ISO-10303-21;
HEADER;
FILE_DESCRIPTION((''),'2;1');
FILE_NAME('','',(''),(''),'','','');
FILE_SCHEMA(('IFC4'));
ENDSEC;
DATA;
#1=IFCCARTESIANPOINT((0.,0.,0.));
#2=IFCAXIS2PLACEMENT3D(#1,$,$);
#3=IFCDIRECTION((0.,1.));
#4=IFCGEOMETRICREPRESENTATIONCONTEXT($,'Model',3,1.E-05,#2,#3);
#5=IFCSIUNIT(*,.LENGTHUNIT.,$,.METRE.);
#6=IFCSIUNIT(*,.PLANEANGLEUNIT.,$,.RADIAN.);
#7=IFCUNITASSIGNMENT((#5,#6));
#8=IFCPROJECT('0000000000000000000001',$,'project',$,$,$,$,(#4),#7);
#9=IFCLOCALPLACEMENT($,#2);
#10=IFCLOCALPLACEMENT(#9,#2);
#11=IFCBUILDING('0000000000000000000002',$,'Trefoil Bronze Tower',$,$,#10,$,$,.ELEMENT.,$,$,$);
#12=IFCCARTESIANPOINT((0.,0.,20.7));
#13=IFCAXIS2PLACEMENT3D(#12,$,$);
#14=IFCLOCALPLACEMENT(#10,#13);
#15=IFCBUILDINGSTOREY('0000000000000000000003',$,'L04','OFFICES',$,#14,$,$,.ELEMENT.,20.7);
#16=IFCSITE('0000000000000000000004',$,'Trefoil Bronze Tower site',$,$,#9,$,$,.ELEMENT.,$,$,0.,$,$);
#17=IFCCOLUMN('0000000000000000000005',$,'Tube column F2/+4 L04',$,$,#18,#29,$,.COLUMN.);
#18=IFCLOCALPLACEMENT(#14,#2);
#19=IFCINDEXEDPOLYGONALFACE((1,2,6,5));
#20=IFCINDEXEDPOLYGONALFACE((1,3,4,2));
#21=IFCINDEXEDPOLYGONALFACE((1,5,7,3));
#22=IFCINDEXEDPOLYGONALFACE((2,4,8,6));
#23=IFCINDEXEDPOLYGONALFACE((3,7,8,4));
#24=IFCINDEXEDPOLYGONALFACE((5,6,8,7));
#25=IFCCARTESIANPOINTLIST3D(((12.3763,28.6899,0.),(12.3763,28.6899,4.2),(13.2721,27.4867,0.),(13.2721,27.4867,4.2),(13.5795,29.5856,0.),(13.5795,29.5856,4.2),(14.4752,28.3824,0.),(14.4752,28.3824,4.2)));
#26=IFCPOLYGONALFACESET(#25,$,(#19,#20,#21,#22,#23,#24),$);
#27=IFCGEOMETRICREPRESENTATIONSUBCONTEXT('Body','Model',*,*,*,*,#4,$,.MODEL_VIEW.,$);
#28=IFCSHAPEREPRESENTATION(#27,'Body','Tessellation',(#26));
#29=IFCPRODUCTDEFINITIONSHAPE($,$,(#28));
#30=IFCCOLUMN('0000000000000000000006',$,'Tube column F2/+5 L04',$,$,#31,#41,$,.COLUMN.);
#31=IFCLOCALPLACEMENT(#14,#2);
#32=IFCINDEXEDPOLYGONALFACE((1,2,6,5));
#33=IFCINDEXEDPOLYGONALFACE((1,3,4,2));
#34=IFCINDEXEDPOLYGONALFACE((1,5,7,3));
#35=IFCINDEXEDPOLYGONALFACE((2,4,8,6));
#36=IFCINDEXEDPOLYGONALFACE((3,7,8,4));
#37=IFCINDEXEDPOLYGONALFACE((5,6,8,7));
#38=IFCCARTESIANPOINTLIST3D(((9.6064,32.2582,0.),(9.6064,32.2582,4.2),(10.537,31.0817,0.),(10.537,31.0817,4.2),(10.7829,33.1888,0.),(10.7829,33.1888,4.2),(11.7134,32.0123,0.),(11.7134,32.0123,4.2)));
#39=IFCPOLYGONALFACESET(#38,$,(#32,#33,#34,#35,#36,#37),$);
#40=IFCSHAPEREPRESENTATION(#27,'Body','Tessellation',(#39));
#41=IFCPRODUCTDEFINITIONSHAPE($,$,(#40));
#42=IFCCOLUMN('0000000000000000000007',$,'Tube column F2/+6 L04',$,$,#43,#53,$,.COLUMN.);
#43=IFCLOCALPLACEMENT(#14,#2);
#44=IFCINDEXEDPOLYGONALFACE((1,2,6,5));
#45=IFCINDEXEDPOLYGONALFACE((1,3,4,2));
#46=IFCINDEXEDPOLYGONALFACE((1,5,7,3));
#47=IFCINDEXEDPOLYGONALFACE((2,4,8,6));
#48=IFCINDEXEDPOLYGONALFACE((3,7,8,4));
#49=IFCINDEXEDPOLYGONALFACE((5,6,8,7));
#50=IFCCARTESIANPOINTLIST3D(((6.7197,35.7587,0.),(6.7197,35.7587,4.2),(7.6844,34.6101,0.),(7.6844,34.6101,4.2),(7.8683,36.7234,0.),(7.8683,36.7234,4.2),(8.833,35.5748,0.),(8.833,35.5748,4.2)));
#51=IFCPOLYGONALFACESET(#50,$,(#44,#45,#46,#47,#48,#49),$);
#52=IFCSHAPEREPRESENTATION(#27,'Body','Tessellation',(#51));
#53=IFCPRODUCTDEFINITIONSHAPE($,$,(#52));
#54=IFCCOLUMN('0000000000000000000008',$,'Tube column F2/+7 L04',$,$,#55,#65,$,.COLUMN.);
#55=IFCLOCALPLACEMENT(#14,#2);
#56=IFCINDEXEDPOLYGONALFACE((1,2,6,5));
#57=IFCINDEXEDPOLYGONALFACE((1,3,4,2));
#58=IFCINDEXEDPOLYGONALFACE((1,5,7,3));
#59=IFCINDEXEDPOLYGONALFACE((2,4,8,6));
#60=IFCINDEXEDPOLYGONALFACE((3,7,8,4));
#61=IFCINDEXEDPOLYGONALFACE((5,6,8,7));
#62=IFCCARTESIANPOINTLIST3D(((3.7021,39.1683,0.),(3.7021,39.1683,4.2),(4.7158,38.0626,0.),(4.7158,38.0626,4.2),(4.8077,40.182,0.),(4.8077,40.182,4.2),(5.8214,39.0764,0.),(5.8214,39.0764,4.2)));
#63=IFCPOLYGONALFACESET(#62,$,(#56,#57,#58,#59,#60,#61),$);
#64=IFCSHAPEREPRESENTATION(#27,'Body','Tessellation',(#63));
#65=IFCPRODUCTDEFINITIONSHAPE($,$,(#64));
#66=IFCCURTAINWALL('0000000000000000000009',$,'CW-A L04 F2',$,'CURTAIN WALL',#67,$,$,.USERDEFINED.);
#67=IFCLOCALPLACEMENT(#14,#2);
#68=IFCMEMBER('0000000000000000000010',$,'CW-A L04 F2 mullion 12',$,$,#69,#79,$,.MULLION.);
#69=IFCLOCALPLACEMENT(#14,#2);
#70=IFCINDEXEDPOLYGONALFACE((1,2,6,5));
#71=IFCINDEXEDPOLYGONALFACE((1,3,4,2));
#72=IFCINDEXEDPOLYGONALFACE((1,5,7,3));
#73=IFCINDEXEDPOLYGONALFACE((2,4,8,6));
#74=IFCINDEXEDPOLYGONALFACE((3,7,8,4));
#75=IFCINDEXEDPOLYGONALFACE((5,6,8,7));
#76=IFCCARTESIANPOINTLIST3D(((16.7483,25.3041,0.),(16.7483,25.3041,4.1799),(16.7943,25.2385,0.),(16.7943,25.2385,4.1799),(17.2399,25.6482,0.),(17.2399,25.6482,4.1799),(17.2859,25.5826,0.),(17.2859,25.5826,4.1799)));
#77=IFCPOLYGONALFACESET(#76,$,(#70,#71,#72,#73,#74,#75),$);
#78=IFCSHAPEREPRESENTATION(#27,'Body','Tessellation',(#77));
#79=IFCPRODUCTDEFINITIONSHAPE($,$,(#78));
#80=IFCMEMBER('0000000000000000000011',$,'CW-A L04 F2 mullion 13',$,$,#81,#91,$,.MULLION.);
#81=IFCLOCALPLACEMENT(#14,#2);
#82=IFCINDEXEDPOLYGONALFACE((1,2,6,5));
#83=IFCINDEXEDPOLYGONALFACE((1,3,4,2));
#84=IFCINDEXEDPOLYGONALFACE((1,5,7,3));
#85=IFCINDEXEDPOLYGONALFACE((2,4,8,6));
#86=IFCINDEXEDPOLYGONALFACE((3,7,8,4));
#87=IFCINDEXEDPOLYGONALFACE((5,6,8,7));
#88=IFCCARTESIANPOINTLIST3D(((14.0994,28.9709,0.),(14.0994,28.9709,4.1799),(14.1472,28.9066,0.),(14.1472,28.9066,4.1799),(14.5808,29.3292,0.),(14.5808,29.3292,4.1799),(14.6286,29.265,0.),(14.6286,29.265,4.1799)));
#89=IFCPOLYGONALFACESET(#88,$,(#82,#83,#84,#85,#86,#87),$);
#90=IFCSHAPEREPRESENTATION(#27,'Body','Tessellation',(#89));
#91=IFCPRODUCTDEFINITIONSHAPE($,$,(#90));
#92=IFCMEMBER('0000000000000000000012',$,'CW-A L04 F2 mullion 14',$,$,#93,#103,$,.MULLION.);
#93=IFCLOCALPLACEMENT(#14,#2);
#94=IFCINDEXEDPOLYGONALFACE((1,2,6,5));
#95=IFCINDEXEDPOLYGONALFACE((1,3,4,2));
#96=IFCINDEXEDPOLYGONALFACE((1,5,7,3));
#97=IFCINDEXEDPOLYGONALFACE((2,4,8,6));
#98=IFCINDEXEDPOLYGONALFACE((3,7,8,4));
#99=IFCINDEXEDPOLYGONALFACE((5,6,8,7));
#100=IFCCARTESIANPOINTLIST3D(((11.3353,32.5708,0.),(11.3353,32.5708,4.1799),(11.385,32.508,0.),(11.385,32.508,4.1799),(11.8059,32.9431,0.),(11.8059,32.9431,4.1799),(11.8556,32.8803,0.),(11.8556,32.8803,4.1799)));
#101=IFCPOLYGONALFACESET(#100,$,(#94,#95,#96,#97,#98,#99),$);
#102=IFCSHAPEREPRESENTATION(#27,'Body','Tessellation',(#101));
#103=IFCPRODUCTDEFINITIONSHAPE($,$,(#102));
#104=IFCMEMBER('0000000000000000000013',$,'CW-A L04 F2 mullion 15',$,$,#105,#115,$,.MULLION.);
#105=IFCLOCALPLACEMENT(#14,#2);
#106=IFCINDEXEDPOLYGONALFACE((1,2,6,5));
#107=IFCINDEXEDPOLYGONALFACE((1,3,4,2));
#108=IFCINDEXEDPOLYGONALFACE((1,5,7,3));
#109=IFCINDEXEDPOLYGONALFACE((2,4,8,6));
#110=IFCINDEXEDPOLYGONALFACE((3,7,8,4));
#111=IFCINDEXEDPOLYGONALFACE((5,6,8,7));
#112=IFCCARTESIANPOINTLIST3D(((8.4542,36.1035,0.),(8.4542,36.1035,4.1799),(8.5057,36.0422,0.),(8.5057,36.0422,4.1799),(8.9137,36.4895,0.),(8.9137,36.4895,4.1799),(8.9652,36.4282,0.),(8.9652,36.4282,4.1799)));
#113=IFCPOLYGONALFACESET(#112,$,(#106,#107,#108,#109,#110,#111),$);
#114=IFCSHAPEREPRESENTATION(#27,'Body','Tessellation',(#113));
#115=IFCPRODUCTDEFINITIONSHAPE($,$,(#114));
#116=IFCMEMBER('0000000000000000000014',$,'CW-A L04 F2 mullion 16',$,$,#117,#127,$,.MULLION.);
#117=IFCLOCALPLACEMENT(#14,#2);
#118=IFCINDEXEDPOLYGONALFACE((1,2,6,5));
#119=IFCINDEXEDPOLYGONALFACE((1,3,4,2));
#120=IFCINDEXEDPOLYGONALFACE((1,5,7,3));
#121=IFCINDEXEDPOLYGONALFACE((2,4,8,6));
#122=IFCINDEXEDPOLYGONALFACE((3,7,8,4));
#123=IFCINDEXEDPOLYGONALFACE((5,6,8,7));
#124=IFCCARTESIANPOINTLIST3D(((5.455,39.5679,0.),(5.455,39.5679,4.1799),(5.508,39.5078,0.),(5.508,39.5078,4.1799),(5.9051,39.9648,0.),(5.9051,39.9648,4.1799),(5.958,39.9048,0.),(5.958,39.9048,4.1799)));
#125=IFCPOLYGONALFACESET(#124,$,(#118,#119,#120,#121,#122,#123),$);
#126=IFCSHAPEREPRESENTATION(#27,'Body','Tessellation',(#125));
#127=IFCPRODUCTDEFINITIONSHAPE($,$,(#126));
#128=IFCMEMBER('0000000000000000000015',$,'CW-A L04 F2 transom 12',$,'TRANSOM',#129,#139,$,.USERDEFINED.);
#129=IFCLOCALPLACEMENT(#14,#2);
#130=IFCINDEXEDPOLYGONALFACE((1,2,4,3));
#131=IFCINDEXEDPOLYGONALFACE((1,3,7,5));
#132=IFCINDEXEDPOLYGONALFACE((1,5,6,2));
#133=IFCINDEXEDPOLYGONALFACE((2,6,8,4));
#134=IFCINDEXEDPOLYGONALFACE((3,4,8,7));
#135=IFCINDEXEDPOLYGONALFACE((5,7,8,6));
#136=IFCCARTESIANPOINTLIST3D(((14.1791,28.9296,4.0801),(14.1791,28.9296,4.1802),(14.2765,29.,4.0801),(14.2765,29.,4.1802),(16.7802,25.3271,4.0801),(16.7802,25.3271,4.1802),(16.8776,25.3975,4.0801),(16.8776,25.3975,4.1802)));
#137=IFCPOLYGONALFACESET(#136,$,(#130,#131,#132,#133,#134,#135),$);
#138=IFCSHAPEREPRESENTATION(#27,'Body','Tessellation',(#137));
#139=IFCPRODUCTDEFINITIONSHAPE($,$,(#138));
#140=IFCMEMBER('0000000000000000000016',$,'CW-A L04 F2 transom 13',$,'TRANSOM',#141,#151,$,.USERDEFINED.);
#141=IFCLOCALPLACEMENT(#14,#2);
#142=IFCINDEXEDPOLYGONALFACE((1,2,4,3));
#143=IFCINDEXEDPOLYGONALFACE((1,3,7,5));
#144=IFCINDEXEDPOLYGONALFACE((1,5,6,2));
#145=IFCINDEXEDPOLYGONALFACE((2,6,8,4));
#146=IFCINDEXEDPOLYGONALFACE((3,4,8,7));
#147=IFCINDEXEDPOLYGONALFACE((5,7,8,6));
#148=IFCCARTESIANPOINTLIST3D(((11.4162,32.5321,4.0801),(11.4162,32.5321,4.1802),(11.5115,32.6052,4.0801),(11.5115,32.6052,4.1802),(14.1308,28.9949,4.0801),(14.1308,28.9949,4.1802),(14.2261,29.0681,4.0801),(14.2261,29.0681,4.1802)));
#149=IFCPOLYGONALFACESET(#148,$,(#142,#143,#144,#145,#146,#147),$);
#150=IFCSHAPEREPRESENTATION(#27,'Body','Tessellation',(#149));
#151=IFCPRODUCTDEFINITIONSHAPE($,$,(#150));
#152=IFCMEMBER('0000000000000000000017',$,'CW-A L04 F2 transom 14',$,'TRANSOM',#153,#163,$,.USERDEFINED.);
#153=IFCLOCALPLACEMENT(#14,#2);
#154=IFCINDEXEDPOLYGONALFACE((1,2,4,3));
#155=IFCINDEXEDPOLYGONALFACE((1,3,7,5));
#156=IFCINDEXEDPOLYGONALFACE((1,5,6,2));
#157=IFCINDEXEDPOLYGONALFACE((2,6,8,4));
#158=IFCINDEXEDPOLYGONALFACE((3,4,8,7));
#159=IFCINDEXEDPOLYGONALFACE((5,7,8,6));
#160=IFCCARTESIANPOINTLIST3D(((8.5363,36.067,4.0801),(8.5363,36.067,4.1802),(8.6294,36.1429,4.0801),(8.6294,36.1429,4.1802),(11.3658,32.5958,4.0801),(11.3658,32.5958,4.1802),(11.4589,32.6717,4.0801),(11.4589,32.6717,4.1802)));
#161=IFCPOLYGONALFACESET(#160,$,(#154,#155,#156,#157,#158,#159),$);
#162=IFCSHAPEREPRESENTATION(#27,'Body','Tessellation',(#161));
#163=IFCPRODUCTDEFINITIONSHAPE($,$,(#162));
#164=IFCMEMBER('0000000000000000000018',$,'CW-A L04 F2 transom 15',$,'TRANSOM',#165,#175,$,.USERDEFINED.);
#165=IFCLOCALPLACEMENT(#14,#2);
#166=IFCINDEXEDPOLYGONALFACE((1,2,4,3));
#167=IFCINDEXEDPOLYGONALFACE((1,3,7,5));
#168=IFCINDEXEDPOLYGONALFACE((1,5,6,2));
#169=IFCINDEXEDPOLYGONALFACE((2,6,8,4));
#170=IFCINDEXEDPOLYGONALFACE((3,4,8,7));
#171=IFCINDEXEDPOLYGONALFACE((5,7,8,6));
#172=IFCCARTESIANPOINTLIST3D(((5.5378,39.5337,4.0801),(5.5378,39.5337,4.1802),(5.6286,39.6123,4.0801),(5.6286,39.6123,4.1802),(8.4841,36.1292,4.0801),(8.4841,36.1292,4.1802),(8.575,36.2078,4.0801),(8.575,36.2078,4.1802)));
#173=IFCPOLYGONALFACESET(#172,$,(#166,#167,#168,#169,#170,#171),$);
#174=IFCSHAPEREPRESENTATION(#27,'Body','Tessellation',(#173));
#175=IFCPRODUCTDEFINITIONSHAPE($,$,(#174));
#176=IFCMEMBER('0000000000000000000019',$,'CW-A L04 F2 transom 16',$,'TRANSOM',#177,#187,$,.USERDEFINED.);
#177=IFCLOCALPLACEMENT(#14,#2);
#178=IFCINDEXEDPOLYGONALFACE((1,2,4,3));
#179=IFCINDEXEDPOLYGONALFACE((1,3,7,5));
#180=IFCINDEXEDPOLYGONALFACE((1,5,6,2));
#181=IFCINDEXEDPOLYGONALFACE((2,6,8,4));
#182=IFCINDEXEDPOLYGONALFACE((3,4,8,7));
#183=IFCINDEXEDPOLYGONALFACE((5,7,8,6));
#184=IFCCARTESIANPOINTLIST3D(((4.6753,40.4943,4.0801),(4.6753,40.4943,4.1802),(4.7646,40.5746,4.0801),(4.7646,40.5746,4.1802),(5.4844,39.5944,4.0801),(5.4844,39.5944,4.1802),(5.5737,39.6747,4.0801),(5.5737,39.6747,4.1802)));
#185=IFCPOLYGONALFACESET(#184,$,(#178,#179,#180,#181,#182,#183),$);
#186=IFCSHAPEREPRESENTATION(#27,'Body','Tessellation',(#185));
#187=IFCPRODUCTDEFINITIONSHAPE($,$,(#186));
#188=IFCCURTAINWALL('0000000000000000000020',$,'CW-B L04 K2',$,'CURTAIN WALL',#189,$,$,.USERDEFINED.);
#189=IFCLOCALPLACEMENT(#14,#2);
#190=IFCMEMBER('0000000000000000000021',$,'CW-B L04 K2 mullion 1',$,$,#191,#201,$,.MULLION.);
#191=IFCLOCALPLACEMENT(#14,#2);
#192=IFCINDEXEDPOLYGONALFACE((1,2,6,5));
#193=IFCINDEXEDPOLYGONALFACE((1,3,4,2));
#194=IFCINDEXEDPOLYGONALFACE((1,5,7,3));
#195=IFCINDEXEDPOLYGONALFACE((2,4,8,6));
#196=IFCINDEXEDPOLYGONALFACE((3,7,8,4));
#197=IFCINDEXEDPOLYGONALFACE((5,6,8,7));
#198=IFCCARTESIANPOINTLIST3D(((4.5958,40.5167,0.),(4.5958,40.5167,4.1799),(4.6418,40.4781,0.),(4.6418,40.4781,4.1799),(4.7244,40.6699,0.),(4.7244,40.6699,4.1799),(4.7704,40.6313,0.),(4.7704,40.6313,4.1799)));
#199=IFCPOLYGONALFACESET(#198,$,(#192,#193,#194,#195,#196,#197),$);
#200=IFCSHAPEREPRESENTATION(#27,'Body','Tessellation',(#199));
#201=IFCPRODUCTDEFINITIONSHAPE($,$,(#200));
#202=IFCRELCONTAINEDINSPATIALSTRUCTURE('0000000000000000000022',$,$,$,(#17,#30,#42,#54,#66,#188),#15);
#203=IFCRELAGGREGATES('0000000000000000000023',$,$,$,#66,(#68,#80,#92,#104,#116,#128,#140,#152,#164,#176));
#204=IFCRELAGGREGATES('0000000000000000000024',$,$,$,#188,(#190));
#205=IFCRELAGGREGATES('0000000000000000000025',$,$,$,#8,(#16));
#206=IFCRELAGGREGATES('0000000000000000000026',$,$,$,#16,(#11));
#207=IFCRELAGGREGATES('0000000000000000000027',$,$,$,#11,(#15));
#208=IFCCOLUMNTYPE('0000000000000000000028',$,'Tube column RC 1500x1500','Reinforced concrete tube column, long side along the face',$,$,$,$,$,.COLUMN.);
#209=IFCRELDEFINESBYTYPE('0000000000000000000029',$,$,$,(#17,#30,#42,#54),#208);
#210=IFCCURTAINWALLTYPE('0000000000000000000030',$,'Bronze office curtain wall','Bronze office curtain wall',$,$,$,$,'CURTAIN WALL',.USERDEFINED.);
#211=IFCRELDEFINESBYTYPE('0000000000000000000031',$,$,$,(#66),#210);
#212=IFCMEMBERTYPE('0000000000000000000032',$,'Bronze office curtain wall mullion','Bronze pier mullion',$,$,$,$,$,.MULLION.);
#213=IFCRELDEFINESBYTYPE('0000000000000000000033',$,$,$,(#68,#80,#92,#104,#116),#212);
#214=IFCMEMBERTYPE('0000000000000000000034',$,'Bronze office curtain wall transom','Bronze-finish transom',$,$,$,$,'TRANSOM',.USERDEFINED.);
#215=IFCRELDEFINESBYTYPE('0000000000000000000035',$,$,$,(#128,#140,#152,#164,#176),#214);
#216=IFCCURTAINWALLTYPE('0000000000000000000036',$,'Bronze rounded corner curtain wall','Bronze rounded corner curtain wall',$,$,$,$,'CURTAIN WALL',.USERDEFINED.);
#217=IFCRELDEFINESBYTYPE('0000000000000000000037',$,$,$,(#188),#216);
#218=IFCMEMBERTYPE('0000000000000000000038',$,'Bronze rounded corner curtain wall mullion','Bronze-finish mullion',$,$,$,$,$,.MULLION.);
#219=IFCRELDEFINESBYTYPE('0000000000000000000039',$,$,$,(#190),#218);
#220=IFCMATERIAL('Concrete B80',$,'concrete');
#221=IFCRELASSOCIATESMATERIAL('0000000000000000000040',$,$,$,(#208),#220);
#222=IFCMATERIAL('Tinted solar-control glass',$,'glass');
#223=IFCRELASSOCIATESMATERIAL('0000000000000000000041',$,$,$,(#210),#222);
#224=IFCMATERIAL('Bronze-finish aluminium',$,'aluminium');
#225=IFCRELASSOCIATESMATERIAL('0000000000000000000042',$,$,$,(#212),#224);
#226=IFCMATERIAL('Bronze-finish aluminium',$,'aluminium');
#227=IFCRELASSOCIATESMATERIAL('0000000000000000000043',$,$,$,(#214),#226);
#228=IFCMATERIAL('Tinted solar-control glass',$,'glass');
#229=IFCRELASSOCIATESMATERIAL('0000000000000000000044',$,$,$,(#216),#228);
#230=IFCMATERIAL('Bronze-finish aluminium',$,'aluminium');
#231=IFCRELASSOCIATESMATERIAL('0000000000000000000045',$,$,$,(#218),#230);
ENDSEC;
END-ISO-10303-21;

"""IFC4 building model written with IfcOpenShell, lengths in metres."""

from ifc_helpers import new_model, si_unit, direction, frame, origin, origin_2d, place, context, subcontext, project, spatial, rectangle, extrude, material, material_profile, profile_set, type_object, element, aggregate, save


model = new_model("IFC4")

# Units and contexts
model_context = context("Model", 3, precision=1e-05, world=origin(), true_north=direction((0.0, 1.0)))
body_context = subcontext(model_context, "Body", "Model", "MODEL_VIEW")
ifc_project = project(units=[si_unit("LENGTHUNIT", "METRE"), si_unit("PLANEANGLEUNIT", "RADIAN")], contexts=[model_context])

# Site, building, storey
site_placement = place(None, origin())
site = spatial("IfcSite", under=ifc_project, at=site_placement, Name="Trefoil Bronze Tower site", CompositionType="ELEMENT", RefElevation=0.0)
building_placement = place(site_placement, origin())
building = spatial("IfcBuilding", under=site, at=building_placement, Name="Trefoil Bronze Tower", CompositionType="ELEMENT")
storey_placement = place(building_placement, frame((0.0, 0.0, 20.7)))
storey = spatial("IfcBuildingStorey", under=building, at=storey_placement, Name="L04", Description="OFFICES", CompositionType="ELEMENT", Elevation=20.7)

# Columns
ifc_material_1 = material(Name="Concrete B80", Category="concrete")
ifc_material_profile_1 = material_profile(ifc_material_1, rectangle(XDim=1.5, YDim=1.5, at=origin_2d()), Name="RC 1500x1500")
ifc_profile_set_1 = profile_set([ifc_material_profile_1], Name="Concrete B80")
column_type = type_object("IfcColumnType", Name="Tube column RC 1500x1500", Description="Reinforced concrete tube column, long side along the face", PredefinedType="COLUMN", material=ifc_profile_set_1)
for number, where, z_axis, x_axis, name in (
    (1, (13.4258, 28.5361, 0.0), (0.0, 0.0, 1.0), (-0.597154, 0.802127, 0.0), "Tube column F2/+4 L04"),
    (2, (10.6599, 32.1353, 0.0), (0.0, 0.0, 1.0), (-0.620376, 0.784305, 0.0), "Tube column F2/+5 L04"),
    (3, (7.7764, 35.6667, 0.0), (0.0, 0.0, 1.0), (-0.643163, 0.765729, 0.0), "Tube column F2/+6 L04"),
    (4, (4.7617, 39.1223, 0.0), (0.0, 0.0, 1.0), (-0.675816, 0.73707, 0.0), "Tube column F2/+7 L04"),
):
    element("IfcColumn", number, at=place(storey_placement, frame(where, z_axis=z_axis, x_axis=x_axis)), inside=storey, type_object=column_type, Name=name, PredefinedType="COLUMN", context=body_context, shape_type="SweptSolid", body=[
        extrude(rectangle(XDim=1.5, YDim=1.5, at=origin_2d()), origin(), (0.0, 0.0, 1.0), 4.2),
    ])

# Curtain walls, members
ifc_material_2 = material(Name="Tinted solar-control glass", Category="glass")
curtain_wall_type_1 = type_object("IfcCurtainWallType", Name="Bronze office curtain wall", Description="Bronze office curtain wall", ElementType="CURTAIN WALL", PredefinedType="USERDEFINED", material=ifc_material_2)
curtain_wall_1_placement = place(storey_placement, origin())
curtain_wall_1 = element("IfcCurtainWall", 5, at=curtain_wall_1_placement, inside=storey, type_object=curtain_wall_type_1, Name="CW-A L04 F2", ObjectType="CURTAIN WALL", PredefinedType="USERDEFINED")
ifc_material_3 = material(Name="Bronze-finish aluminium", Category="aluminium")
ifc_material_profile_2 = material_profile(ifc_material_3, rectangle(XDim=0.6001, YDim=0.0801, at=origin_2d()), Name="CW-A mullion")
ifc_profile_set_2 = profile_set([ifc_material_profile_2], Name="Bronze-finish aluminium")
member_type_1 = type_object("IfcMemberType", Name="Bronze office curtain wall mullion", Description="Bronze pier mullion", PredefinedType="MULLION", material=ifc_profile_set_2)
member_1_placement = place(storey_placement, frame((17.0171, 25.4434, 0.0), z_axis=(0.0, 0.0, 1.0), x_axis=(-0.819204, -0.573502, 0.0)))
member_1 = element("IfcMember", 6, at=member_1_placement, type_object=member_type_1, Name="CW-A L04 F2 mullion 12", PredefinedType="MULLION", context=body_context, shape_type="SweptSolid", body=[
    extrude(rectangle(XDim=0.6001, YDim=0.0801, at=origin_2d()), origin(), (0.0, 0.0, 1.0), 4.1799),
])
member_2_placement = place(storey_placement, frame((14.364, 29.1179, 0.0), z_axis=(0.0, 0.0, 1.0), x_axis=(-0.802127, -0.597154, 0.0)))
member_2 = element("IfcMember", 7, at=member_2_placement, type_object=member_type_1, Name="CW-A L04 F2 mullion 13", PredefinedType="MULLION", context=body_context, shape_type="SweptSolid", body=[
    extrude(rectangle(XDim=0.6001, YDim=0.0801, at=origin_2d()), origin(), (0.0, 0.0, 1.0), 4.1799),
])
member_3_placement = place(storey_placement, frame((11.5955, 32.7256, 0.0), z_axis=(0.0, 0.0, 1.0), x_axis=(-0.784305, -0.620376, 0.0)))
member_3 = element("IfcMember", 8, at=member_3_placement, type_object=member_type_1, Name="CW-A L04 F2 mullion 14", PredefinedType="MULLION", context=body_context, shape_type="SweptSolid", body=[
    extrude(rectangle(XDim=0.6001, YDim=0.0801, at=origin_2d()), origin(), (0.0, 0.0, 1.0), 4.1799),
])
member_4_placement = place(storey_placement, frame((8.7097, 36.2659, 0.0), z_axis=(0.0, 0.0, 1.0), x_axis=(-0.765729, -0.643163, 0.0)))
member_4 = element("IfcMember", 9, at=member_4_placement, type_object=member_type_1, Name="CW-A L04 F2 mullion 15", PredefinedType="MULLION", context=body_context, shape_type="SweptSolid", body=[
    extrude(rectangle(XDim=0.6001, YDim=0.0801, at=origin_2d()), origin(), (0.0, 0.0, 1.0), 4.1799),
])
member_5_placement = place(storey_placement, frame((5.7065, 39.7363, 0.0), z_axis=(0.0, 0.0, 1.0), x_axis=(-0.749941, -0.661505, 0.0)))
member_5 = element("IfcMember", 10, at=member_5_placement, type_object=member_type_1, Name="CW-A L04 F2 mullion 16", PredefinedType="MULLION", context=body_context, shape_type="SweptSolid", body=[
    extrude(rectangle(XDim=0.6001, YDim=0.0801, at=origin_2d()), origin(), (0.0, 0.0, 1.0), 4.1799),
])
ifc_material_4 = material(Name="Bronze-finish aluminium", Category="aluminium")
ifc_material_profile_3 = material_profile(ifc_material_4, rectangle(XDim=0.1201, YDim=0.1001, at=origin_2d()), Name="CW-A transom")
ifc_profile_set_3 = profile_set([ifc_material_profile_3], Name="Bronze-finish aluminium")
member_type_2 = type_object("IfcMemberType", Name="Bronze office curtain wall transom", Description="Bronze-finish transom", ElementType="TRANSOM", PredefinedType="USERDEFINED", material=ifc_profile_set_3)
member_6_placement = place(storey_placement, frame((16.8289, 25.3623, 4.1301), z_axis=(-0.585378, 0.81076, 0.0), x_axis=(-0.81076, -0.585378, 0.0)))
member_6 = element("IfcMember", 11, at=member_6_placement, type_object=member_type_2, Name="CW-A L04 F2 transom 12", ObjectType="TRANSOM", PredefinedType="USERDEFINED", context=body_context, shape_type="SweptSolid", body=[
    extrude(rectangle(XDim=0.1201, YDim=0.1001, at=origin_2d()), origin(), (0.0, 0.0, 1.0), 4.4434),
])
member_7_placement = place(storey_placement, frame((14.1785, 29.0315, 4.1301), z_axis=(-0.608829, 0.793301, 0.0), x_axis=(-0.793301, -0.608829, 0.0)))
member_7 = element("IfcMember", 12, at=member_7_placement, type_object=member_type_2, Name="CW-A L04 F2 transom 13", ObjectType="TRANSOM", PredefinedType="USERDEFINED", context=body_context, shape_type="SweptSolid", body=[
    extrude(rectangle(XDim=0.1201, YDim=0.1001, at=origin_2d()), origin(), (0.0, 0.0, 1.0), 4.4587),
])
member_8_placement = place(storey_placement, frame((11.4124, 32.6338, 4.1301), z_axis=(-0.631836, 0.775102, 0.0), x_axis=(-0.775102, -0.631836, 0.0)))
member_8 = element("IfcMember", 13, at=member_8_placement, type_object=member_type_2, Name="CW-A L04 F2 transom 14", ObjectType="TRANSOM", PredefinedType="USERDEFINED", context=body_context, shape_type="SweptSolid", body=[
    extrude(rectangle(XDim=0.1201, YDim=0.1001, at=origin_2d()), origin(), (0.0, 0.0, 1.0), 4.4783),
])
member_9_placement = place(storey_placement, frame((8.5295, 36.1685, 4.1301), z_axis=(-0.654383, 0.756163, 0.0), x_axis=(-0.756163, -0.654383, 0.0)))
member_9 = element("IfcMember", 14, at=member_9_placement, type_object=member_type_2, Name="CW-A L04 F2 transom 15", ObjectType="TRANSOM", PredefinedType="USERDEFINED", context=body_context, shape_type="SweptSolid", body=[
    extrude(rectangle(XDim=0.1201, YDim=0.1001, at=origin_2d()), origin(), (0.0, 0.0, 1.0), 4.5024),
])
member_10_placement = place(storey_placement, frame((5.5291, 39.6345, 4.1301), z_axis=(-0.668586, 0.743635, 0.0), x_axis=(-0.743635, -0.668586, 0.0)))
member_10 = element("IfcMember", 15, at=member_10_placement, type_object=member_type_2, Name="CW-A L04 F2 transom 16", ObjectType="TRANSOM", PredefinedType="USERDEFINED", context=body_context, shape_type="SweptSolid", body=[
    extrude(rectangle(XDim=0.1201, YDim=0.1001, at=origin_2d()), origin(), (0.0, 0.0, 1.0), 1.2102),
])
ifc_material_5 = material(Name="Tinted solar-control glass", Category="glass")
curtain_wall_type_2 = type_object("IfcCurtainWallType", Name="Bronze rounded corner curtain wall", Description="Bronze rounded corner curtain wall", ElementType="CURTAIN WALL", PredefinedType="USERDEFINED", material=ifc_material_5)
curtain_wall_2_placement = place(storey_placement, origin())
curtain_wall_2 = element("IfcCurtainWall", 16, at=curtain_wall_2_placement, inside=storey, type_object=curtain_wall_type_2, Name="CW-B L04 K2", ObjectType="CURTAIN WALL", PredefinedType="USERDEFINED")
ifc_material_6 = material(Name="Bronze-finish aluminium", Category="aluminium")
ifc_material_profile_4 = material_profile(ifc_material_6, rectangle(XDim=0.2, YDim=0.0601, at=origin_2d()), Name="CW-B mullion")
ifc_profile_set_4 = profile_set([ifc_material_profile_4], Name="Bronze-finish aluminium")
member_type_3 = type_object("IfcMemberType", Name="Bronze rounded corner curtain wall mullion", Description="Bronze-finish mullion", PredefinedType="MULLION", material=ifc_profile_set_4)
member_11_placement = place(storey_placement, frame((4.6831, 40.574, 0.0), z_axis=(0.0, 0.0, 1.0), x_axis=(-0.642788, -0.766044, 0.0)))
member_11 = element("IfcMember", 17, at=member_11_placement, type_object=member_type_3, Name="CW-B L04 K2 mullion 1", PredefinedType="MULLION", context=body_context, shape_type="SweptSolid", body=[
    extrude(rectangle(XDim=0.2, YDim=0.0601, at=origin_2d()), origin(), (0.0, 0.0, 1.0), 4.1799),
])

aggregate(curtain_wall_1, [member_1, member_2, member_3, member_4, member_5, member_6, member_7, member_8, member_9, member_10])
aggregate(curtain_wall_2, [member_11])

save(model, "model.ifc")
